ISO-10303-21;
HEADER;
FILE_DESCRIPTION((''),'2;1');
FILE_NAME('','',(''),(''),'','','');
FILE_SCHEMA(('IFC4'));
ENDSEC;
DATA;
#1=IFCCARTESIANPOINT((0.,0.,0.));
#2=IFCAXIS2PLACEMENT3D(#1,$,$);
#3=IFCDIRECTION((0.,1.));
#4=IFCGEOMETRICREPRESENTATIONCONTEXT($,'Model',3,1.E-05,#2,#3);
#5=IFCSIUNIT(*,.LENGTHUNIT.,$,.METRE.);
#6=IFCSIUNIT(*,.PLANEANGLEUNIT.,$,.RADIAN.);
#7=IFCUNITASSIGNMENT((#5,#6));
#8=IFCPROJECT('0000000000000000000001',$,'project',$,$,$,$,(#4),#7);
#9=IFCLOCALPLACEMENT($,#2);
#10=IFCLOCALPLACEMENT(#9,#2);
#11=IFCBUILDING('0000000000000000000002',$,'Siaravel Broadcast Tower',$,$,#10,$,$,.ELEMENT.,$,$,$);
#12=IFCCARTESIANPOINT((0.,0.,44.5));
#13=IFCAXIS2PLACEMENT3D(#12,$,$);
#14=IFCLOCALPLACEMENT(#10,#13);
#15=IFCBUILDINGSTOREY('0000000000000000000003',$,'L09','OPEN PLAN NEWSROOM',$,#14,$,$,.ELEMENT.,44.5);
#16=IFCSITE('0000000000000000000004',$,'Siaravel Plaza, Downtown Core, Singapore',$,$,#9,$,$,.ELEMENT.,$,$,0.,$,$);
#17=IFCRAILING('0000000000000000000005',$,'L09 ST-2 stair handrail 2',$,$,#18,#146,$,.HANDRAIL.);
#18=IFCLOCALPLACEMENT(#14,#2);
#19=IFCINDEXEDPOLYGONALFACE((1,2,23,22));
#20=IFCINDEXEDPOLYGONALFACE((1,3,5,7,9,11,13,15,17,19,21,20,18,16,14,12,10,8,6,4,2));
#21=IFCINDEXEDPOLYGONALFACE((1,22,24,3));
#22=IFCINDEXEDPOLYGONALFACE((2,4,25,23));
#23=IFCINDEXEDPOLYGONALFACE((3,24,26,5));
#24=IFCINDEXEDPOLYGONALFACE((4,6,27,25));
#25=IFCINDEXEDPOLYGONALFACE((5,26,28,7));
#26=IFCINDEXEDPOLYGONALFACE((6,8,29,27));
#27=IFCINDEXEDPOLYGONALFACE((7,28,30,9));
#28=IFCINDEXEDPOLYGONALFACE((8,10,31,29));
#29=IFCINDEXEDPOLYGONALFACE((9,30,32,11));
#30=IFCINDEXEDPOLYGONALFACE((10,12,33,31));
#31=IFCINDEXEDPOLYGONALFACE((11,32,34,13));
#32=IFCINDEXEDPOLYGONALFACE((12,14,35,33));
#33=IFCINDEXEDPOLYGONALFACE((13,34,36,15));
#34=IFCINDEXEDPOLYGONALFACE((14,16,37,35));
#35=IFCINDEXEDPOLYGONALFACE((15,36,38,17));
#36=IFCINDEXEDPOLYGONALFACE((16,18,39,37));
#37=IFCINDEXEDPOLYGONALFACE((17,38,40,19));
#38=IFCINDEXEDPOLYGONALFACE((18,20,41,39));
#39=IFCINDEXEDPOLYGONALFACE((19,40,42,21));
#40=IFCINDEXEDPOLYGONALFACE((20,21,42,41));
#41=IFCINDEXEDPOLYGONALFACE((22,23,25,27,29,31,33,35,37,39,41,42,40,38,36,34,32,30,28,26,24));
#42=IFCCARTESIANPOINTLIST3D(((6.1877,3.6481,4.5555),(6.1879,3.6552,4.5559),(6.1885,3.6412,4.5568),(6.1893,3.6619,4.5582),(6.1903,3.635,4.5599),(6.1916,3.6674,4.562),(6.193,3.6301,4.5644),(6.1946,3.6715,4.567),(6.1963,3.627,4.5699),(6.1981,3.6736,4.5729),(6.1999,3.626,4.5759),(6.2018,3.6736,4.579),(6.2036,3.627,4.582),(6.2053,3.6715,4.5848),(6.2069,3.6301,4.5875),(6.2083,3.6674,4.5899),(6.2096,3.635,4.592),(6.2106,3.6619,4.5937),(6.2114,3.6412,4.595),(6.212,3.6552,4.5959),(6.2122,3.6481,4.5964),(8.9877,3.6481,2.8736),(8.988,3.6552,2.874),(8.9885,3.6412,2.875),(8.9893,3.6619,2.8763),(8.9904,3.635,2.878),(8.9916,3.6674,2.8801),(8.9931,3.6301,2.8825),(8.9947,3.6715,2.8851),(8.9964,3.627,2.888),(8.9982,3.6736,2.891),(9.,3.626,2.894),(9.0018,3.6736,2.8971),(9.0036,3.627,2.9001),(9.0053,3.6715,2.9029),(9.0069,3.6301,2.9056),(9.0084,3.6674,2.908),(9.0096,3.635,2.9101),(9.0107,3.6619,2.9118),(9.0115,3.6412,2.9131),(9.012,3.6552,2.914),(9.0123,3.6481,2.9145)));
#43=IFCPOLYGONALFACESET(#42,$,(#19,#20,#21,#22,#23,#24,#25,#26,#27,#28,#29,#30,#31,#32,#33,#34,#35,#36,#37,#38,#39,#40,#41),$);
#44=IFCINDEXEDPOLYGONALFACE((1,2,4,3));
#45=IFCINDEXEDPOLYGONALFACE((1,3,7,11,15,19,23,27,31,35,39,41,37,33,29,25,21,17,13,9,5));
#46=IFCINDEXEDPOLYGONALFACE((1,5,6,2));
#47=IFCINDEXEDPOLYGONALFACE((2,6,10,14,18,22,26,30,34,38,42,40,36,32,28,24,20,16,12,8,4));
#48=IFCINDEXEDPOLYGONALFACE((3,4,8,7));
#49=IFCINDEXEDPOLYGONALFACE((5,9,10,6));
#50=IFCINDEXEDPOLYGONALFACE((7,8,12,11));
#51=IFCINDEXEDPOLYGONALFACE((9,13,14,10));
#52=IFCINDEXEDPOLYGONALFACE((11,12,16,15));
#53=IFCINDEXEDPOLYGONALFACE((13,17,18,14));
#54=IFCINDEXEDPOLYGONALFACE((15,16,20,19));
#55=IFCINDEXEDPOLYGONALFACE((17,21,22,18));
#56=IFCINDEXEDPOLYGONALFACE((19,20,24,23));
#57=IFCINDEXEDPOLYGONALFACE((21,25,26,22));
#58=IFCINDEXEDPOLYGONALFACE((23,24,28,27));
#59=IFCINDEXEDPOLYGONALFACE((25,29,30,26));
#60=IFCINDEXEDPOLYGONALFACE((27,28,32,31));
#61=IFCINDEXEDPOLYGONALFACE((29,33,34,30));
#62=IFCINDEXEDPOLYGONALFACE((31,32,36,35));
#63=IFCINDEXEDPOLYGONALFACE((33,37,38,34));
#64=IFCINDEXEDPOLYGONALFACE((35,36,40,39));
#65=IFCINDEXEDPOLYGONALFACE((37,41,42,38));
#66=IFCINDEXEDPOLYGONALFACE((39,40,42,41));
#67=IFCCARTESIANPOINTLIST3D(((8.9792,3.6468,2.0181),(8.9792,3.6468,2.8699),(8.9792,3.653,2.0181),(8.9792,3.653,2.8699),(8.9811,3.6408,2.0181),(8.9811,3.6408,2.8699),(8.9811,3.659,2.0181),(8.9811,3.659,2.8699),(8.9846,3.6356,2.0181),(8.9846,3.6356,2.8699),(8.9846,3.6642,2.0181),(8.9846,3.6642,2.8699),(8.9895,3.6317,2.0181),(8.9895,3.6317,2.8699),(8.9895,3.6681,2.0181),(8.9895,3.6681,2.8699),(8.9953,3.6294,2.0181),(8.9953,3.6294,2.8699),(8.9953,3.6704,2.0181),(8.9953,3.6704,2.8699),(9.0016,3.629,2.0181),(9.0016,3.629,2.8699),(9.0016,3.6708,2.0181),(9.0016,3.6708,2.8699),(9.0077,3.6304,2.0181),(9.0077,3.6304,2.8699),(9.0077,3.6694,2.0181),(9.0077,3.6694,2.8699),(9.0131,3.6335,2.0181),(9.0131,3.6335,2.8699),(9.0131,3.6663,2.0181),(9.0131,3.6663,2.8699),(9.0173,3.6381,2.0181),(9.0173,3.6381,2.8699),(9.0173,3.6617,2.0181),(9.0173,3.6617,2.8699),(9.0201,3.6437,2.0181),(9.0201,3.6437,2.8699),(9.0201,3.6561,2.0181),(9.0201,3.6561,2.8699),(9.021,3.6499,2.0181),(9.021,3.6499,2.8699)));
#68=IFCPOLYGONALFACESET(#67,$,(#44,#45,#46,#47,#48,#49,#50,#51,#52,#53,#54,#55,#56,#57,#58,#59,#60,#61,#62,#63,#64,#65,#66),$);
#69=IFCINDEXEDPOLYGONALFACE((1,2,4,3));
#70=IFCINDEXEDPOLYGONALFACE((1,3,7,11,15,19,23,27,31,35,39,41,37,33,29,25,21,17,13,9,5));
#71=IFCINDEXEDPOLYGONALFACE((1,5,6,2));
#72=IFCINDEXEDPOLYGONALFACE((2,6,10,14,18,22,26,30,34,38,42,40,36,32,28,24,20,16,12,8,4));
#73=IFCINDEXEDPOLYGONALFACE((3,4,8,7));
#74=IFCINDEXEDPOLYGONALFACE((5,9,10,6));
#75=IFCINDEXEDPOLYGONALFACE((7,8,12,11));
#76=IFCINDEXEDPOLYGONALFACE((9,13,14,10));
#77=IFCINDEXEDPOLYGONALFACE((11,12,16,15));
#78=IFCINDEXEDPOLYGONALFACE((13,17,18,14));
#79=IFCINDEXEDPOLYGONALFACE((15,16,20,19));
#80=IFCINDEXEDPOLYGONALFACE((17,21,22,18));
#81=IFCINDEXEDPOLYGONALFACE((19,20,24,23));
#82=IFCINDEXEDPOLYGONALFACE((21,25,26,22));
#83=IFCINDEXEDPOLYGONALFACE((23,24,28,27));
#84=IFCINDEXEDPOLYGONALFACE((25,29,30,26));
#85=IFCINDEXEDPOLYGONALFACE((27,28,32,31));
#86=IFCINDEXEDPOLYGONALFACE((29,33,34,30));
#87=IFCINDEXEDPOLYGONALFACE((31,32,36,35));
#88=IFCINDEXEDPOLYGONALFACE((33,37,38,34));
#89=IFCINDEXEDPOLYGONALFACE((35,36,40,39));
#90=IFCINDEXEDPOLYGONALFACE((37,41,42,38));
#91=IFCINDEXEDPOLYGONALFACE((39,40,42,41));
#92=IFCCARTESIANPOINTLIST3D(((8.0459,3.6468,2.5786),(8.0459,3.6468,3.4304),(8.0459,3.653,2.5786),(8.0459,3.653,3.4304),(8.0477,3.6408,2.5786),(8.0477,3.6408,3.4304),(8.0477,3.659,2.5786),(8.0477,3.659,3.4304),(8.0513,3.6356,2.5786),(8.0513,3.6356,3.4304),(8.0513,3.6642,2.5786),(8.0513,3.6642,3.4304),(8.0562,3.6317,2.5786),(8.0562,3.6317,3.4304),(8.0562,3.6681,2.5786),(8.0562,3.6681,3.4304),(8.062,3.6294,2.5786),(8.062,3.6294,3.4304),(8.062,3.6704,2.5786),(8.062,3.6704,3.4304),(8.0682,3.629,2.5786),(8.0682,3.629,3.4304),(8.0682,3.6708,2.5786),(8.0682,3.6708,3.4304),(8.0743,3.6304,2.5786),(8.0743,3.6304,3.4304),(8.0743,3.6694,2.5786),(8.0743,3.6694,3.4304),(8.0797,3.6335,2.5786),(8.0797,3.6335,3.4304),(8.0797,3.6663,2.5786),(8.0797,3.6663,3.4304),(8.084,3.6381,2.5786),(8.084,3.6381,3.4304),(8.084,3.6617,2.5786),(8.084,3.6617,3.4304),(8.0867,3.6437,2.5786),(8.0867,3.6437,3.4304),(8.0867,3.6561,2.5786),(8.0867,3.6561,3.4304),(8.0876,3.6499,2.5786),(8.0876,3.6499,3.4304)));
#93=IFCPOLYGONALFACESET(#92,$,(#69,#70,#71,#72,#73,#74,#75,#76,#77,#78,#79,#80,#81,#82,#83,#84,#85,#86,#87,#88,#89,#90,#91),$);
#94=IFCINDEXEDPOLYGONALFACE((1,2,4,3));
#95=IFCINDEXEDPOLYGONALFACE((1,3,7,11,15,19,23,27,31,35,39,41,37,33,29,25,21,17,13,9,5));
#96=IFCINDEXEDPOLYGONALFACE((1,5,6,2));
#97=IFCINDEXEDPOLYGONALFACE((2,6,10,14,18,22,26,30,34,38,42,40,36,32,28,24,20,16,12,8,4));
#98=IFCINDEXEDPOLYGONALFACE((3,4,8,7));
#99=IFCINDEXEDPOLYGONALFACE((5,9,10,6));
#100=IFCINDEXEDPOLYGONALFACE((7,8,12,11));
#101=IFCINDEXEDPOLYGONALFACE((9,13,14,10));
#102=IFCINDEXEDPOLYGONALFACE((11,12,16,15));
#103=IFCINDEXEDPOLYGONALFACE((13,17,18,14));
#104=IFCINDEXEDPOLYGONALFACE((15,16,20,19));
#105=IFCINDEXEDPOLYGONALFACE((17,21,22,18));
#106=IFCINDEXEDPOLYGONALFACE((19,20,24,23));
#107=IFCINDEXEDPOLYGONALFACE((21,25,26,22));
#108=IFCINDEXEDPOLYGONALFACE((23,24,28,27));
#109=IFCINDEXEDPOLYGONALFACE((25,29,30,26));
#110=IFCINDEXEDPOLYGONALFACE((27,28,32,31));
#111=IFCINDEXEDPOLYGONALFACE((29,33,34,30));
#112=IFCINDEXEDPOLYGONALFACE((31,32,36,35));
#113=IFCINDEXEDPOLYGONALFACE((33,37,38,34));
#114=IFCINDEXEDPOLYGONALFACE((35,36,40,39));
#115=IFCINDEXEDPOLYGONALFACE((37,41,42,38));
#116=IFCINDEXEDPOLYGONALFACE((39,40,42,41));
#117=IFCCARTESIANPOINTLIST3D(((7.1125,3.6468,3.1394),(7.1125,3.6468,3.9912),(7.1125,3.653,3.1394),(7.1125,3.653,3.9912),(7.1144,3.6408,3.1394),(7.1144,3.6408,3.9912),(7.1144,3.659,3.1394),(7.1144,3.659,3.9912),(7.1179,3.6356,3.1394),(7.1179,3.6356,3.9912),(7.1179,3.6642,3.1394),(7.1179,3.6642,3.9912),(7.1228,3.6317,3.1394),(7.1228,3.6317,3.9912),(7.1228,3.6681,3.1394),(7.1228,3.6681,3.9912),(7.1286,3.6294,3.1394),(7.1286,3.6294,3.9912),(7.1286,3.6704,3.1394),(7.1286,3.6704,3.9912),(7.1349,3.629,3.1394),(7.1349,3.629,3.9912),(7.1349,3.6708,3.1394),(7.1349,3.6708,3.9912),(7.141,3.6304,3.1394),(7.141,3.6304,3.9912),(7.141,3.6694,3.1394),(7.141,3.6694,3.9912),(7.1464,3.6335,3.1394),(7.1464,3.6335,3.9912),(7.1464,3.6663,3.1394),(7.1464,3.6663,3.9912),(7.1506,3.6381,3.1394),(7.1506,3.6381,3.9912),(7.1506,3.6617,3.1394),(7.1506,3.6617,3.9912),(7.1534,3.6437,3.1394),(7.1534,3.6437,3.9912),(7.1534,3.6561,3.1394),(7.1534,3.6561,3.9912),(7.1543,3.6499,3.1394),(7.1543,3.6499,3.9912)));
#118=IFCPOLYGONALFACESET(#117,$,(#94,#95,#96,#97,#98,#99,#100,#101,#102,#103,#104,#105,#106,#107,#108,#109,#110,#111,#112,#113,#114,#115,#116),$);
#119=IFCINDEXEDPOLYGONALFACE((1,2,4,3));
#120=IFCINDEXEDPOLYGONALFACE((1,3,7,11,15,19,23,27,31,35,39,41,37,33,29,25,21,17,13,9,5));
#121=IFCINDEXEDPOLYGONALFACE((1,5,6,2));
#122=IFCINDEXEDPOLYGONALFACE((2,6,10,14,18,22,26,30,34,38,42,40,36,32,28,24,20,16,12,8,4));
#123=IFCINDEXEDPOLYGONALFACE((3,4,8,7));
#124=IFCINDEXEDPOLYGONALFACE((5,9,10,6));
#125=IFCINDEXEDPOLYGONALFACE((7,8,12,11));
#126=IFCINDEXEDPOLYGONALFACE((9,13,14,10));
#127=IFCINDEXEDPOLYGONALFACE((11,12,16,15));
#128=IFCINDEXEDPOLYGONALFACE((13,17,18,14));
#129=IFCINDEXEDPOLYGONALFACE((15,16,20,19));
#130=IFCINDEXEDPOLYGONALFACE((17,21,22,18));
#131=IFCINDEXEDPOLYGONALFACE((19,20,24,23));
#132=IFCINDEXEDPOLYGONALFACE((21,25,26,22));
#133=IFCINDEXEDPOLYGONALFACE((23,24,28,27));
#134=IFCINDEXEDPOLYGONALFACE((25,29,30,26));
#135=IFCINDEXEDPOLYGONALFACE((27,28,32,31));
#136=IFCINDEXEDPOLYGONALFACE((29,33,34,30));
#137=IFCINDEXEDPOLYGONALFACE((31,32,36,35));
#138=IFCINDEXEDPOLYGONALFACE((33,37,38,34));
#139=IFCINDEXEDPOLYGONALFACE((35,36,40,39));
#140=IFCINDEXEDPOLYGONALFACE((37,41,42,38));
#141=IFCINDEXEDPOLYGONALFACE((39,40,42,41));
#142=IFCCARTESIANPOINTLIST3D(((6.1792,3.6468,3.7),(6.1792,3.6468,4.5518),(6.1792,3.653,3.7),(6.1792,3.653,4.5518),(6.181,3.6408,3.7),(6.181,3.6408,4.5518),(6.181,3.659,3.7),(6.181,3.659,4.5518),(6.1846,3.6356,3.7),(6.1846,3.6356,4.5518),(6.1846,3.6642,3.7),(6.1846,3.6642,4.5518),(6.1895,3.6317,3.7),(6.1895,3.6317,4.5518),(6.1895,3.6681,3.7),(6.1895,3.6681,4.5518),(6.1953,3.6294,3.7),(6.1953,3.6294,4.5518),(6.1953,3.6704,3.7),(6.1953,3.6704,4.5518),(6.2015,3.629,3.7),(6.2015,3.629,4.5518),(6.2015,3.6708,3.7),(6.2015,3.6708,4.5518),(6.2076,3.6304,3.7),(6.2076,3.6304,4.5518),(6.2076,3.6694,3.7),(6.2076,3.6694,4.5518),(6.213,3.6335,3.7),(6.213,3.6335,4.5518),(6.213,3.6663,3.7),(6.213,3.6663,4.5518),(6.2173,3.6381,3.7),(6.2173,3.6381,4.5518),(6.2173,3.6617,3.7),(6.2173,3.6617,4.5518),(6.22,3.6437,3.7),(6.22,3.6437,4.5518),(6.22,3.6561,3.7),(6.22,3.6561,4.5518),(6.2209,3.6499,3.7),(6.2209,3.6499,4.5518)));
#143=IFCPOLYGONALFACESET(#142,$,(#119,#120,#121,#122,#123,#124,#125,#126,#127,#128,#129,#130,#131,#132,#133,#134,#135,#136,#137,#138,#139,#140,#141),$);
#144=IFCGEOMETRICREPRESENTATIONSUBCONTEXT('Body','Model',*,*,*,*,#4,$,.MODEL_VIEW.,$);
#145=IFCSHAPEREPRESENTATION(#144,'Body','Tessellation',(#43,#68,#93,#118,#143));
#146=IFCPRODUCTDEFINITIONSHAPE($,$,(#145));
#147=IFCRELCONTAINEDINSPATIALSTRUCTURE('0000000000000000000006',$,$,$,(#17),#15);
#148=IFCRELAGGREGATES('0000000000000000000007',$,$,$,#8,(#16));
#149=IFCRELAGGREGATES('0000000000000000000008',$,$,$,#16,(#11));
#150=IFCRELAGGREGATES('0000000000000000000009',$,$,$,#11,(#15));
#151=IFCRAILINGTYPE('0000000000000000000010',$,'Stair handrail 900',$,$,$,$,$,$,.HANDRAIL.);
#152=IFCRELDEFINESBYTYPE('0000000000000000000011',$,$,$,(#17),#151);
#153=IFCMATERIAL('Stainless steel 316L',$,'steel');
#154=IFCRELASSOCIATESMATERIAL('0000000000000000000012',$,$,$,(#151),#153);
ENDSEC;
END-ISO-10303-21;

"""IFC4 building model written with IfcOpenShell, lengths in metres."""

from ifc_helpers import new_model, si_unit, direction, frame, origin, origin_2d, place, context, subcontext, project, spatial, circle, extrude, material, type_object, element, save


model = new_model("IFC4")

# Units and contexts
model_context = context("Model", 3, precision=1e-05, world=origin(), true_north=direction((0.0, 1.0)))
body_context = subcontext(model_context, "Body", "Model", "MODEL_VIEW")
ifc_project = project(units=[si_unit("LENGTHUNIT", "METRE"), si_unit("PLANEANGLEUNIT", "RADIAN")], contexts=[model_context])

# Site, building, storey
site_placement = place(None, origin())
site = spatial("IfcSite", under=ifc_project, at=site_placement, Name="Siaravel Plaza, Downtown Core, Singapore", CompositionType="ELEMENT", RefElevation=0.0)
building_placement = place(site_placement, origin())
building = spatial("IfcBuilding", under=site, at=building_placement, Name="Siaravel Broadcast Tower", CompositionType="ELEMENT")
storey_placement = place(building_placement, frame((0.0, 0.0, 44.5)))
storey = spatial("IfcBuildingStorey", under=building, at=storey_placement, Name="L09", Description="OPEN PLAN NEWSROOM", CompositionType="ELEMENT", Elevation=44.5)

# Railing
ifc_material_1 = material(Name="Stainless steel 316L", Category="steel")
railing_type_1 = type_object("IfcRailingType", Name="Stair handrail 900", PredefinedType="HANDRAIL", material=ifc_material_1)
railing_1_placement = place(storey_placement, frame((9.0, 3.6499, 2.0181)))
element("IfcRailing", 1, at=railing_1_placement, inside=storey, type_object=railing_type_1, Name="L09 ST-2 stair handrail 2", PredefinedType="HANDRAIL", context=body_context, shape_type="SweptSolid", body=[
    extrude(circle(Radius=0.0239, at=origin_2d()), frame((0.0, 0.0, 0.876), z_axis=(-0.857242, 0.0, 0.514913), x_axis=(0.0, -1.0, 0.0)), (0.0, 0.0, 1.0), 3.2664),
    extrude(circle(Radius=0.021, at=origin_2d()), origin(), (0.0, 0.0, 1.0), 0.8518),
    extrude(circle(Radius=0.021, at=origin_2d()), frame((-0.9333, 0.0, 0.5605)), (0.0, 0.0, 1.0), 0.8518),
    extrude(circle(Radius=0.021, at=origin_2d()), frame((-1.8667, 0.0, 1.1213)), (0.0, 0.0, 1.0), 0.8518),
    extrude(circle(Radius=0.021, at=origin_2d()), frame((-2.8, 0.0, 1.6819)), (0.0, 0.0, 1.0), 0.8518),
])

save(model, "model.ifc")
